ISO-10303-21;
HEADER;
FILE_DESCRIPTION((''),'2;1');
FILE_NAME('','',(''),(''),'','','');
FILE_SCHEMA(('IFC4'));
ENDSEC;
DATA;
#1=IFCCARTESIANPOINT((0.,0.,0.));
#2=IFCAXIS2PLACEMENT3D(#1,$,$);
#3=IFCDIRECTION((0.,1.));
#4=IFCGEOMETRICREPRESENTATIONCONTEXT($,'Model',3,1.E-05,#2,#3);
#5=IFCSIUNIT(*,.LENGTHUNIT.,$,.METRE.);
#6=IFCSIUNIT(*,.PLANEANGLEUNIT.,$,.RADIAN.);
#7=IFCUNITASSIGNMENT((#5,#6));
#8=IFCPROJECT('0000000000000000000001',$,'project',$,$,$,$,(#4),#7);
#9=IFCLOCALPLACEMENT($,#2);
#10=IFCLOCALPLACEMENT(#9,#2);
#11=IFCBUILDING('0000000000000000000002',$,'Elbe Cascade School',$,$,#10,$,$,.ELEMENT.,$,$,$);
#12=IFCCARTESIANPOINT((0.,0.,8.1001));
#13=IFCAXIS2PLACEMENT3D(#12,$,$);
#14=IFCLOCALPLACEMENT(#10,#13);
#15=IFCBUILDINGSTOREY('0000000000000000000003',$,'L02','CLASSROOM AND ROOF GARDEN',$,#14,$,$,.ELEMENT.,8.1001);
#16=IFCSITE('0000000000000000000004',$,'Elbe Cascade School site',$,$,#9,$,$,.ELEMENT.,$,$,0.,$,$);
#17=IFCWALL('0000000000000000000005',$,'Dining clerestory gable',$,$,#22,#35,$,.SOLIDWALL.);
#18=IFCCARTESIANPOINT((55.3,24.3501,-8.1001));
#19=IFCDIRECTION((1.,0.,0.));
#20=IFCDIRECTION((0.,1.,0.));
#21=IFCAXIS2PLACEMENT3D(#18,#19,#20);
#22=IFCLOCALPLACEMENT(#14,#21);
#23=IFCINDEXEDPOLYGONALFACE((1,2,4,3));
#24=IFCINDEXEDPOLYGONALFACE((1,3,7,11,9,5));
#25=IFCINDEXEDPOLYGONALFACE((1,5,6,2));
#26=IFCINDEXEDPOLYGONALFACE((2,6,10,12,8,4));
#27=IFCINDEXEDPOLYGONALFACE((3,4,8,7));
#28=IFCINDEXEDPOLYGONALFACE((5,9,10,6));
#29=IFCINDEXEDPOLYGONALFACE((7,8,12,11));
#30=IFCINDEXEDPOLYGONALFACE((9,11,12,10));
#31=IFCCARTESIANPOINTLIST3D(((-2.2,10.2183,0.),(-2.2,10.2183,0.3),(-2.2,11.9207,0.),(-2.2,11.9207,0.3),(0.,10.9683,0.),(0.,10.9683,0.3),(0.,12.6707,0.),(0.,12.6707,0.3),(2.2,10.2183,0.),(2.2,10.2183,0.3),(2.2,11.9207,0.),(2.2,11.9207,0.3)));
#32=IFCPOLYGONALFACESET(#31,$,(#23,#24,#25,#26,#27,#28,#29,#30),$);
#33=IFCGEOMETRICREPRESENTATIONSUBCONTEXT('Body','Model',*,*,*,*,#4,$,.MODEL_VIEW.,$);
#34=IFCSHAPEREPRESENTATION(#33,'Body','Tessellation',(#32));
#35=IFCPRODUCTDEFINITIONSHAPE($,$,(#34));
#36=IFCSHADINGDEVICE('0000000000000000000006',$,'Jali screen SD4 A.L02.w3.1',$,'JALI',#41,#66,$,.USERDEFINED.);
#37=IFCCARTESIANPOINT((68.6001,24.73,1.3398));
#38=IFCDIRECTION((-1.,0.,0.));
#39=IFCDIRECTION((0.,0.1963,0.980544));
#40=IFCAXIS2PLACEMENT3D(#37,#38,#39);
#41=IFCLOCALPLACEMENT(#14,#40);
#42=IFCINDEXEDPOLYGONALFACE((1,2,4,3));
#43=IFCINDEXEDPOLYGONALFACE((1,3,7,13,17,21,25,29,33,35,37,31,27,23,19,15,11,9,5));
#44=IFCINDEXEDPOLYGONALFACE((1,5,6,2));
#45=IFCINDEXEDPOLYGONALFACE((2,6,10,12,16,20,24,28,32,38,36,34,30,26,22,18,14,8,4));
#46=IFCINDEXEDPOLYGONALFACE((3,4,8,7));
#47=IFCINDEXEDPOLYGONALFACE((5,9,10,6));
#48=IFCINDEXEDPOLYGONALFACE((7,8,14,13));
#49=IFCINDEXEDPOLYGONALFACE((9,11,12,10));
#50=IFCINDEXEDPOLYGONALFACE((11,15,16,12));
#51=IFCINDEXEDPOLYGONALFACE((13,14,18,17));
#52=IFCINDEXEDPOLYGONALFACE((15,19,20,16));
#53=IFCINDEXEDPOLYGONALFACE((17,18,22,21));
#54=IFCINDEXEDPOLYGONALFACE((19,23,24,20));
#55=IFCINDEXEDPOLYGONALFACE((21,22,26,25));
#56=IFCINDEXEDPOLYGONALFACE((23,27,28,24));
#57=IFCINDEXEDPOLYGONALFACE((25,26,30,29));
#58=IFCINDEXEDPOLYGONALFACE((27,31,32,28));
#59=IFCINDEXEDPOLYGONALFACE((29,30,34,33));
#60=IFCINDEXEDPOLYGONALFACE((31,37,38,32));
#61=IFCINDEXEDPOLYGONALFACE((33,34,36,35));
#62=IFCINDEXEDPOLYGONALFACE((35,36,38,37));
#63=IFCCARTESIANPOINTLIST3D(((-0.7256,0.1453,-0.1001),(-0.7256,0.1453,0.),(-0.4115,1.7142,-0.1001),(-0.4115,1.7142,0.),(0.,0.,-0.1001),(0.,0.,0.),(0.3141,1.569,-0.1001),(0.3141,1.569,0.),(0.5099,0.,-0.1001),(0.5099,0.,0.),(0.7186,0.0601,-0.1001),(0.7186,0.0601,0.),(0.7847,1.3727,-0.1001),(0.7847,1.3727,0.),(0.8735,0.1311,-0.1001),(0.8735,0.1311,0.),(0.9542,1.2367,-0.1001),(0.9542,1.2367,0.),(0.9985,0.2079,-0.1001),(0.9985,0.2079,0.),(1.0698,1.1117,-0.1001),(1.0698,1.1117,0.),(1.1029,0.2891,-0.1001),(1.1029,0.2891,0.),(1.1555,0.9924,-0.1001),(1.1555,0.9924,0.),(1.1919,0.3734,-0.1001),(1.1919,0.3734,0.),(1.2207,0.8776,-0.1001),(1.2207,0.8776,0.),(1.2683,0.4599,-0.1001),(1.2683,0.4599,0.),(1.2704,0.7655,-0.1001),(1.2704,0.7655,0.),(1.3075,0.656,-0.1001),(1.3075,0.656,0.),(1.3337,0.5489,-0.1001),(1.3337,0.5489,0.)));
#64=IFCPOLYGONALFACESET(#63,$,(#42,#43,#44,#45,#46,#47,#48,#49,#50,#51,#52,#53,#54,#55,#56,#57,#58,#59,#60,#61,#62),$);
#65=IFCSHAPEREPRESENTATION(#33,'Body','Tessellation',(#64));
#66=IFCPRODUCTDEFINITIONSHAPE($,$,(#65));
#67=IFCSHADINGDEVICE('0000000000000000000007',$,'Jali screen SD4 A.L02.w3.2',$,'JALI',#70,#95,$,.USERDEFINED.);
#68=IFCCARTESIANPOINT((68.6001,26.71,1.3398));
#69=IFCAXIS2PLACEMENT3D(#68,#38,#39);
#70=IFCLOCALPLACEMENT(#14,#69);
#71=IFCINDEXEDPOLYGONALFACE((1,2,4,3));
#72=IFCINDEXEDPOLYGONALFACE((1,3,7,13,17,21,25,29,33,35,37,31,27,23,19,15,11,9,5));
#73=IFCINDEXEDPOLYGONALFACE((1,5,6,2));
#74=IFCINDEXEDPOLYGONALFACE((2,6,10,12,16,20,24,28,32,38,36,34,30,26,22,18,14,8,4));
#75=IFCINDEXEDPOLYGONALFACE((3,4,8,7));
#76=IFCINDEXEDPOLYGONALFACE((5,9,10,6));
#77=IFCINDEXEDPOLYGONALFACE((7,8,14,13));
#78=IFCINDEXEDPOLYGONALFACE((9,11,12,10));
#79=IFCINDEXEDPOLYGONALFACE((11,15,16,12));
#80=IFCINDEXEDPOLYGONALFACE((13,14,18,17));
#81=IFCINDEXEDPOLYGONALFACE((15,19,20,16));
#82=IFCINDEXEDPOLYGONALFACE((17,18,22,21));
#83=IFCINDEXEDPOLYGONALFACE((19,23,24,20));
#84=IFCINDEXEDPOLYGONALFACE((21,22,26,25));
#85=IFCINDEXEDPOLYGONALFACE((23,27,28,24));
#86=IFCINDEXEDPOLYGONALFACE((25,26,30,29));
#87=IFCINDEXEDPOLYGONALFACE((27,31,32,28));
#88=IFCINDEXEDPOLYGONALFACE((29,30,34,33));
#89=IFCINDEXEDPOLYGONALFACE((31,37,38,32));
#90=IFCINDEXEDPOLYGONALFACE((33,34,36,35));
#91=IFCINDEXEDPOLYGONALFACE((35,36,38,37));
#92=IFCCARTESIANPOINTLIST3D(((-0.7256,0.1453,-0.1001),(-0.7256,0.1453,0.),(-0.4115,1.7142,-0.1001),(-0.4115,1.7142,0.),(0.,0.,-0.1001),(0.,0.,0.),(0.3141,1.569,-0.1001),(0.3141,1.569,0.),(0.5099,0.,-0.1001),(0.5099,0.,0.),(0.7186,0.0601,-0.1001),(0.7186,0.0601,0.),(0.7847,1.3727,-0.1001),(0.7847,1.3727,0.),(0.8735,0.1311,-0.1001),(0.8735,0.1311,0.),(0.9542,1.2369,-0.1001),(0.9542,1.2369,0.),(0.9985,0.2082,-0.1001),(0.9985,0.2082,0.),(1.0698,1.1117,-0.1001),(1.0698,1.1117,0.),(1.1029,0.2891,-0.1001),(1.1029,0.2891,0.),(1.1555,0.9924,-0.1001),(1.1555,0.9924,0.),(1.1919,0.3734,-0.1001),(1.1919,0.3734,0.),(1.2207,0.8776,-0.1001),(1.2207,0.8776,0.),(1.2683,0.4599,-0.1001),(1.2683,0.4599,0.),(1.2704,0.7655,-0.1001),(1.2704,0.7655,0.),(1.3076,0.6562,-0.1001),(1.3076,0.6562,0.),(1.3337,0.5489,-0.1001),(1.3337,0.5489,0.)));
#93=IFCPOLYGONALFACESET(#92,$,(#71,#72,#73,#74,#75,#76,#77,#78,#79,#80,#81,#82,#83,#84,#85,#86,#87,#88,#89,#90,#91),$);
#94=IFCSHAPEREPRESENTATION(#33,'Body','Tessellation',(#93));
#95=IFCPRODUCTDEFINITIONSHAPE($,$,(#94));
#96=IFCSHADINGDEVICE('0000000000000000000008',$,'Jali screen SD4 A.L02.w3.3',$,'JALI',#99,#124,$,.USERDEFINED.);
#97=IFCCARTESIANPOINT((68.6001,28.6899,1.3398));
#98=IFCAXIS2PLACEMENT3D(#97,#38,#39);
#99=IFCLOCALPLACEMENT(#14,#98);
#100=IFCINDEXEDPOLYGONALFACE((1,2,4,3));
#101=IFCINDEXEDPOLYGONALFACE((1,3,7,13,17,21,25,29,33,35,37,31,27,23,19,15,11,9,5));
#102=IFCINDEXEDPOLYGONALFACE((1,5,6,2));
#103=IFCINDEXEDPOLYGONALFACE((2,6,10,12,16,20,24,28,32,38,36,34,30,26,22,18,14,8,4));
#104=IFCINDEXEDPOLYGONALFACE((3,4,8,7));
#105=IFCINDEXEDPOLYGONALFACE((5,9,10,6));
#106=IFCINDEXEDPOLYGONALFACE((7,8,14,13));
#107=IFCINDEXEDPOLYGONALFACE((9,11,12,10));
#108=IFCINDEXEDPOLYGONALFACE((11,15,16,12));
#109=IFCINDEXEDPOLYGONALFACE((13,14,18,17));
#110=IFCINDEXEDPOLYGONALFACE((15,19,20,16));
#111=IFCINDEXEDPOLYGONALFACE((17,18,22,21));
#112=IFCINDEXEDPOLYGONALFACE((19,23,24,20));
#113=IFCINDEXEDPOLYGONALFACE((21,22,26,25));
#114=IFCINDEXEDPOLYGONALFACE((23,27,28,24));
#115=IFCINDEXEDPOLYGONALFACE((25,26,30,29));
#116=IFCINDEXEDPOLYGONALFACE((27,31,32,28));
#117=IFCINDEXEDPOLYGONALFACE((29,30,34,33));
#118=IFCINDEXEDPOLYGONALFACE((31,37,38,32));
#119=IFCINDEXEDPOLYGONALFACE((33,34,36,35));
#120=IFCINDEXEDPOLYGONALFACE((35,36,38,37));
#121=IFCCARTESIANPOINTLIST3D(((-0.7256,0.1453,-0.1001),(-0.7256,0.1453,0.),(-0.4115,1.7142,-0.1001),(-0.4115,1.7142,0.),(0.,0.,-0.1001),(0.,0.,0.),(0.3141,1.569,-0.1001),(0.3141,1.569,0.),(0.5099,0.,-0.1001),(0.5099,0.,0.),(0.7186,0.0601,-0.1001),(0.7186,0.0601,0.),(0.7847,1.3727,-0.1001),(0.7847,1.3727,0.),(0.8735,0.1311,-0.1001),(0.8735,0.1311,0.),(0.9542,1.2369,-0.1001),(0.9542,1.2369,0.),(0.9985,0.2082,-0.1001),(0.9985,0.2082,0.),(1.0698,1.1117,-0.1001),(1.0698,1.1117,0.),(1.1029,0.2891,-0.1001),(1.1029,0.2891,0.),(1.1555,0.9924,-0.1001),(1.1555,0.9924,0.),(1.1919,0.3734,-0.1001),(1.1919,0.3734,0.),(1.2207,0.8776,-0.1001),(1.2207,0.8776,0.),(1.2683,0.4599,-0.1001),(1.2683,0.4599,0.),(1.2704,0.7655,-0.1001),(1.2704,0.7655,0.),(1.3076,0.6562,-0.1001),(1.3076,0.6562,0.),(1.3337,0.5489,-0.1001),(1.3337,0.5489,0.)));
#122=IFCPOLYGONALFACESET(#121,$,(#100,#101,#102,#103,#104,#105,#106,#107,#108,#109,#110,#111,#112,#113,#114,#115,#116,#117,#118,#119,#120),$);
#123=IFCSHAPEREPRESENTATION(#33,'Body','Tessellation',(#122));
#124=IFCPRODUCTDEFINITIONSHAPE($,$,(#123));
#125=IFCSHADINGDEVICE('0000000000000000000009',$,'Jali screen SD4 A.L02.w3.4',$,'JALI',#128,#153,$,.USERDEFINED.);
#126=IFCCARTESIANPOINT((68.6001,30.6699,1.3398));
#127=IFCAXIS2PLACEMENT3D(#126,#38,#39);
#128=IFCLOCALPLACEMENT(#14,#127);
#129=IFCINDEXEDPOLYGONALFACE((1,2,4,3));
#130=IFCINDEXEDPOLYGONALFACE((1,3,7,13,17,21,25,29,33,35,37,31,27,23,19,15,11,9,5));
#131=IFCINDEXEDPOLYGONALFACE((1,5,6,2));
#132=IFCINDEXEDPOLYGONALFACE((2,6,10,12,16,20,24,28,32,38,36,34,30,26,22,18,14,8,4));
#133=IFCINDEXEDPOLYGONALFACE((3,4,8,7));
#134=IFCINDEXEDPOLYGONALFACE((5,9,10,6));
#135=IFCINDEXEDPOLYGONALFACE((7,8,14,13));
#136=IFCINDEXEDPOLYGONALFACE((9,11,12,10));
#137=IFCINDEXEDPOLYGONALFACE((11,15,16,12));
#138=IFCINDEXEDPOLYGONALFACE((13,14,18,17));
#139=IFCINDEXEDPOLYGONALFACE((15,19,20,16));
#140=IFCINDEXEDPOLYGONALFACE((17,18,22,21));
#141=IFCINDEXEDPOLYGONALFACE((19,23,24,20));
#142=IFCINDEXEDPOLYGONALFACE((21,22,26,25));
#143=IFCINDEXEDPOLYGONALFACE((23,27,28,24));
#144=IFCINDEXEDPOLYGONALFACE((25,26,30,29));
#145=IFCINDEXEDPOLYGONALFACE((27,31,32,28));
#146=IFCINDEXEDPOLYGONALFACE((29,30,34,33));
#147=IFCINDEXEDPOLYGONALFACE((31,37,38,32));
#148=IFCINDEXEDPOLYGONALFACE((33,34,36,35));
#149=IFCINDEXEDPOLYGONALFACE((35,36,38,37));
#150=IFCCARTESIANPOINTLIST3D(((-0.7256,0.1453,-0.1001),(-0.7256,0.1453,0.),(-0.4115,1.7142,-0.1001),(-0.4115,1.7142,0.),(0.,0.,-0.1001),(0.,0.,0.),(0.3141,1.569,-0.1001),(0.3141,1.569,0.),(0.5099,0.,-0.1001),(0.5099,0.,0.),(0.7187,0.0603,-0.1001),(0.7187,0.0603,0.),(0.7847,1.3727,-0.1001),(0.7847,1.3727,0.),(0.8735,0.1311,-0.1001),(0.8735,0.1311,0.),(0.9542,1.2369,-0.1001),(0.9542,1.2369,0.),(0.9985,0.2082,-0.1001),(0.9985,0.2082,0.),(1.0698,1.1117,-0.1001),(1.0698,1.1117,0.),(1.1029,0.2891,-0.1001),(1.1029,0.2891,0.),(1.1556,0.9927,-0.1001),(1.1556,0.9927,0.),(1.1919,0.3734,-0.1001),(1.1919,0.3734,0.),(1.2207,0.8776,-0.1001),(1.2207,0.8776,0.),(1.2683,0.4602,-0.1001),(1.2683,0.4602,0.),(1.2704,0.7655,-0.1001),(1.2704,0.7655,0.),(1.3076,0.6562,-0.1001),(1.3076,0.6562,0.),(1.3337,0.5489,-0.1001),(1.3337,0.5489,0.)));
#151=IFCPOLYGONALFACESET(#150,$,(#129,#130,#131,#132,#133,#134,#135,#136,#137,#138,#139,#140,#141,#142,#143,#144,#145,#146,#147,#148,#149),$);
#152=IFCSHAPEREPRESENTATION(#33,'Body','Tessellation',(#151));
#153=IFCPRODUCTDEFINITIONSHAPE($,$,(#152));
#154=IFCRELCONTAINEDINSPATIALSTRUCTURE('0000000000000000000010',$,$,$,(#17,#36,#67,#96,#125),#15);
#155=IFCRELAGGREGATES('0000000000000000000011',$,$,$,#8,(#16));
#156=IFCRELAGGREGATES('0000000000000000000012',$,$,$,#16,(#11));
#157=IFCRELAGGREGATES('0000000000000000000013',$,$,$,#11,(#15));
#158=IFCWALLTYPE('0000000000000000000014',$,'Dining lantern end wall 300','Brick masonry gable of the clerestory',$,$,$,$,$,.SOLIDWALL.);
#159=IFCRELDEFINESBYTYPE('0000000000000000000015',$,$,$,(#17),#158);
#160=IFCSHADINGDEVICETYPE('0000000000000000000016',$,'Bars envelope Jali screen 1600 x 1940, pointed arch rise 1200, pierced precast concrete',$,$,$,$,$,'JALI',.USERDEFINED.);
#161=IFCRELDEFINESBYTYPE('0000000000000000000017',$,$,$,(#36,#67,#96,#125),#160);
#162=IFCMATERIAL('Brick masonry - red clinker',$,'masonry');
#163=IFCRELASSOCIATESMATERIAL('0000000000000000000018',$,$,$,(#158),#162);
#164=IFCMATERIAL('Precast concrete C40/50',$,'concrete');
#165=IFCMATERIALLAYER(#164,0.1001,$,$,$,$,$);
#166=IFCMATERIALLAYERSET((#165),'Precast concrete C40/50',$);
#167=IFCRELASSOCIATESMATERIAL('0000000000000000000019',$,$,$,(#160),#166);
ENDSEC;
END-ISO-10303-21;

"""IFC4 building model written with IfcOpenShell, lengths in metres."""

from ifc_helpers import new_model, si_unit, direction, frame, origin, place, context, subcontext, project, spatial, polyline, outline, extrude, material, layer, layer_set, material_profile, profile_set, type_object, element, save


model = new_model("IFC4")

# Units and contexts
model_context = context("Model", 3, precision=1e-05, world=origin(), true_north=direction((0.0, 1.0)))
body_context = subcontext(model_context, "Body", "Model", "MODEL_VIEW")
ifc_project = project(units=[si_unit("LENGTHUNIT", "METRE"), si_unit("PLANEANGLEUNIT", "RADIAN")], contexts=[model_context])

# Site, building, storey
site_placement = place(None, origin())
site = spatial("IfcSite", under=ifc_project, at=site_placement, Name="Elbe Cascade School site", CompositionType="ELEMENT", RefElevation=0.0)
building_placement = place(site_placement, origin())
building = spatial("IfcBuilding", under=site, at=building_placement, Name="Elbe Cascade School", CompositionType="ELEMENT")
storey_placement = place(building_placement, frame((0.0, 0.0, 8.1001)))
storey = spatial("IfcBuildingStorey", under=building, at=storey_placement, Name="L02", Description="CLASSROOM AND ROOF GARDEN", CompositionType="ELEMENT", Elevation=8.1001)

# Wall
ifc_material_1 = material(Name="Brick masonry - red clinker", Category="masonry")
ifc_material_profile = material_profile(ifc_material_1, outline(polyline([(-2.2, 10.2183), (0.0, 10.9683), (2.2, 10.2183), (2.2, 11.9207), (0.0, 12.6707), (-2.2, 11.9207), (-2.2, 10.2183)])), Name="Dining lantern gable face")
ifc_profile_set = profile_set([ifc_material_profile], Name="Brick masonry - red clinker")
wall_type = type_object("IfcWallType", Name="Dining lantern end wall 300", Description="Brick masonry gable of the clerestory", PredefinedType="SOLIDWALL", material=ifc_profile_set)
wall_placement = place(storey_placement, frame((55.3, 24.3501, -8.1001), z_axis=(1.0, 0.0, 0.0), x_axis=(0.0, 1.0, 0.0)))
element("IfcWall", 1, at=wall_placement, inside=storey, type_object=wall_type, Name="Dining clerestory gable", PredefinedType="SOLIDWALL", context=body_context, shape_type="SweptSolid", body=[
    extrude(outline(polyline([(-2.2, 10.2183), (0.0, 10.9683), (2.2, 10.2183), (2.2, 11.9207), (0.0, 12.6707), (-2.2, 11.9207), (-2.2, 10.2183)])), origin(), (0.0, 0.0, 1.0), 0.3),
])

# Shading devices
ifc_material_2 = material(Name="Precast concrete C40/50", Category="concrete")
ifc_layer = layer(ifc_material_2, 0.1001)
ifc_layer_set = layer_set([ifc_layer], Name="Precast concrete C40/50")
shading_device_type = type_object("IfcShadingDeviceType", Name="Bars envelope Jali screen 1600 x 1940, pointed arch rise 1200, pierced precast concrete", ElementType="JALI", PredefinedType="USERDEFINED", material=ifc_layer_set)
shading_device_1_placement = place(storey_placement, frame((68.6001, 24.73, 1.3398), z_axis=(-1.0, 0.0, 0.0), x_axis=(0.0, 0.1963, 0.980544)))
element("IfcShadingDevice", 2, at=shading_device_1_placement, inside=storey, type_object=shading_device_type, Name="Jali screen SD4 A.L02.w3.1", ObjectType="JALI", PredefinedType="USERDEFINED", context=body_context, shape_type="SweptSolid", body=[
    extrude(outline(polyline([(0.0, 0.0), (0.5099, 0.0), (0.7186, 0.0601), (0.8735, 0.1311), (0.9985, 0.2079), (1.1029, 0.2891), (1.1919, 0.3734), (1.2683, 0.4599), (1.3337, 0.5489), (1.3075, 0.656), (1.2704, 0.7655), (1.2207, 0.8776), (1.1555, 0.9924), (1.0698, 1.1117), (0.9542, 1.2367), (0.7847, 1.3727), (0.3141, 1.569), (-0.4115, 1.7142), (-0.7256, 0.1453), (0.0, 0.0)])), origin(), (0.0, 0.0, -1.0), 0.1001),
])
for number, where, z_axis, x_axis, name in (
    (3, (68.6001, 26.71, 1.3398), (-1.0, 0.0, 0.0), (0.0, 0.1963, 0.980544), "Jali screen SD4 A.L02.w3.2"),
    (4, (68.6001, 28.6899, 1.3398), (-1.0, 0.0, 0.0), (0.0, 0.1963, 0.980544), "Jali screen SD4 A.L02.w3.3"),
):
    element("IfcShadingDevice", number, at=place(storey_placement, frame(where, z_axis=z_axis, x_axis=x_axis)), inside=storey, type_object=shading_device_type, Name=name, ObjectType="JALI", PredefinedType="USERDEFINED", context=body_context, shape_type="SweptSolid", body=[
        extrude(outline(polyline([(0.0, 0.0), (0.5099, 0.0), (0.7186, 0.0601), (0.8735, 0.1311), (0.9985, 0.2082), (1.1029, 0.2891), (1.1919, 0.3734), (1.2683, 0.4599), (1.3337, 0.5489), (1.3076, 0.6562), (1.2704, 0.7655), (1.2207, 0.8776), (1.1555, 0.9924), (1.0698, 1.1117), (0.9542, 1.2369), (0.7847, 1.3727), (0.3141, 1.569), (-0.4115, 1.7142), (-0.7256, 0.1453), (0.0, 0.0)])), origin(), (0.0, 0.0, -1.0), 0.1001),
    ])
shading_device_2_placement = place(storey_placement, frame((68.6001, 30.6699, 1.3398), z_axis=(-1.0, 0.0, 0.0), x_axis=(0.0, 0.1963, 0.980544)))
element("IfcShadingDevice", 5, at=shading_device_2_placement, inside=storey, type_object=shading_device_type, Name="Jali screen SD4 A.L02.w3.4", ObjectType="JALI", PredefinedType="USERDEFINED", context=body_context, shape_type="SweptSolid", body=[
    extrude(outline(polyline([(0.0, 0.0), (0.5099, 0.0), (0.7187, 0.0603), (0.8735, 0.1311), (0.9985, 0.2082), (1.1029, 0.2891), (1.1919, 0.3734), (1.2683, 0.4602), (1.3337, 0.5489), (1.3076, 0.6562), (1.2704, 0.7655), (1.2207, 0.8776), (1.1556, 0.9927), (1.0698, 1.1117), (0.9542, 1.2369), (0.7847, 1.3727), (0.3141, 1.569), (-0.4115, 1.7142), (-0.7256, 0.1453), (0.0, 0.0)])), origin(), (0.0, 0.0, -1.0), 0.1001),
])

save(model, "model.ifc")
